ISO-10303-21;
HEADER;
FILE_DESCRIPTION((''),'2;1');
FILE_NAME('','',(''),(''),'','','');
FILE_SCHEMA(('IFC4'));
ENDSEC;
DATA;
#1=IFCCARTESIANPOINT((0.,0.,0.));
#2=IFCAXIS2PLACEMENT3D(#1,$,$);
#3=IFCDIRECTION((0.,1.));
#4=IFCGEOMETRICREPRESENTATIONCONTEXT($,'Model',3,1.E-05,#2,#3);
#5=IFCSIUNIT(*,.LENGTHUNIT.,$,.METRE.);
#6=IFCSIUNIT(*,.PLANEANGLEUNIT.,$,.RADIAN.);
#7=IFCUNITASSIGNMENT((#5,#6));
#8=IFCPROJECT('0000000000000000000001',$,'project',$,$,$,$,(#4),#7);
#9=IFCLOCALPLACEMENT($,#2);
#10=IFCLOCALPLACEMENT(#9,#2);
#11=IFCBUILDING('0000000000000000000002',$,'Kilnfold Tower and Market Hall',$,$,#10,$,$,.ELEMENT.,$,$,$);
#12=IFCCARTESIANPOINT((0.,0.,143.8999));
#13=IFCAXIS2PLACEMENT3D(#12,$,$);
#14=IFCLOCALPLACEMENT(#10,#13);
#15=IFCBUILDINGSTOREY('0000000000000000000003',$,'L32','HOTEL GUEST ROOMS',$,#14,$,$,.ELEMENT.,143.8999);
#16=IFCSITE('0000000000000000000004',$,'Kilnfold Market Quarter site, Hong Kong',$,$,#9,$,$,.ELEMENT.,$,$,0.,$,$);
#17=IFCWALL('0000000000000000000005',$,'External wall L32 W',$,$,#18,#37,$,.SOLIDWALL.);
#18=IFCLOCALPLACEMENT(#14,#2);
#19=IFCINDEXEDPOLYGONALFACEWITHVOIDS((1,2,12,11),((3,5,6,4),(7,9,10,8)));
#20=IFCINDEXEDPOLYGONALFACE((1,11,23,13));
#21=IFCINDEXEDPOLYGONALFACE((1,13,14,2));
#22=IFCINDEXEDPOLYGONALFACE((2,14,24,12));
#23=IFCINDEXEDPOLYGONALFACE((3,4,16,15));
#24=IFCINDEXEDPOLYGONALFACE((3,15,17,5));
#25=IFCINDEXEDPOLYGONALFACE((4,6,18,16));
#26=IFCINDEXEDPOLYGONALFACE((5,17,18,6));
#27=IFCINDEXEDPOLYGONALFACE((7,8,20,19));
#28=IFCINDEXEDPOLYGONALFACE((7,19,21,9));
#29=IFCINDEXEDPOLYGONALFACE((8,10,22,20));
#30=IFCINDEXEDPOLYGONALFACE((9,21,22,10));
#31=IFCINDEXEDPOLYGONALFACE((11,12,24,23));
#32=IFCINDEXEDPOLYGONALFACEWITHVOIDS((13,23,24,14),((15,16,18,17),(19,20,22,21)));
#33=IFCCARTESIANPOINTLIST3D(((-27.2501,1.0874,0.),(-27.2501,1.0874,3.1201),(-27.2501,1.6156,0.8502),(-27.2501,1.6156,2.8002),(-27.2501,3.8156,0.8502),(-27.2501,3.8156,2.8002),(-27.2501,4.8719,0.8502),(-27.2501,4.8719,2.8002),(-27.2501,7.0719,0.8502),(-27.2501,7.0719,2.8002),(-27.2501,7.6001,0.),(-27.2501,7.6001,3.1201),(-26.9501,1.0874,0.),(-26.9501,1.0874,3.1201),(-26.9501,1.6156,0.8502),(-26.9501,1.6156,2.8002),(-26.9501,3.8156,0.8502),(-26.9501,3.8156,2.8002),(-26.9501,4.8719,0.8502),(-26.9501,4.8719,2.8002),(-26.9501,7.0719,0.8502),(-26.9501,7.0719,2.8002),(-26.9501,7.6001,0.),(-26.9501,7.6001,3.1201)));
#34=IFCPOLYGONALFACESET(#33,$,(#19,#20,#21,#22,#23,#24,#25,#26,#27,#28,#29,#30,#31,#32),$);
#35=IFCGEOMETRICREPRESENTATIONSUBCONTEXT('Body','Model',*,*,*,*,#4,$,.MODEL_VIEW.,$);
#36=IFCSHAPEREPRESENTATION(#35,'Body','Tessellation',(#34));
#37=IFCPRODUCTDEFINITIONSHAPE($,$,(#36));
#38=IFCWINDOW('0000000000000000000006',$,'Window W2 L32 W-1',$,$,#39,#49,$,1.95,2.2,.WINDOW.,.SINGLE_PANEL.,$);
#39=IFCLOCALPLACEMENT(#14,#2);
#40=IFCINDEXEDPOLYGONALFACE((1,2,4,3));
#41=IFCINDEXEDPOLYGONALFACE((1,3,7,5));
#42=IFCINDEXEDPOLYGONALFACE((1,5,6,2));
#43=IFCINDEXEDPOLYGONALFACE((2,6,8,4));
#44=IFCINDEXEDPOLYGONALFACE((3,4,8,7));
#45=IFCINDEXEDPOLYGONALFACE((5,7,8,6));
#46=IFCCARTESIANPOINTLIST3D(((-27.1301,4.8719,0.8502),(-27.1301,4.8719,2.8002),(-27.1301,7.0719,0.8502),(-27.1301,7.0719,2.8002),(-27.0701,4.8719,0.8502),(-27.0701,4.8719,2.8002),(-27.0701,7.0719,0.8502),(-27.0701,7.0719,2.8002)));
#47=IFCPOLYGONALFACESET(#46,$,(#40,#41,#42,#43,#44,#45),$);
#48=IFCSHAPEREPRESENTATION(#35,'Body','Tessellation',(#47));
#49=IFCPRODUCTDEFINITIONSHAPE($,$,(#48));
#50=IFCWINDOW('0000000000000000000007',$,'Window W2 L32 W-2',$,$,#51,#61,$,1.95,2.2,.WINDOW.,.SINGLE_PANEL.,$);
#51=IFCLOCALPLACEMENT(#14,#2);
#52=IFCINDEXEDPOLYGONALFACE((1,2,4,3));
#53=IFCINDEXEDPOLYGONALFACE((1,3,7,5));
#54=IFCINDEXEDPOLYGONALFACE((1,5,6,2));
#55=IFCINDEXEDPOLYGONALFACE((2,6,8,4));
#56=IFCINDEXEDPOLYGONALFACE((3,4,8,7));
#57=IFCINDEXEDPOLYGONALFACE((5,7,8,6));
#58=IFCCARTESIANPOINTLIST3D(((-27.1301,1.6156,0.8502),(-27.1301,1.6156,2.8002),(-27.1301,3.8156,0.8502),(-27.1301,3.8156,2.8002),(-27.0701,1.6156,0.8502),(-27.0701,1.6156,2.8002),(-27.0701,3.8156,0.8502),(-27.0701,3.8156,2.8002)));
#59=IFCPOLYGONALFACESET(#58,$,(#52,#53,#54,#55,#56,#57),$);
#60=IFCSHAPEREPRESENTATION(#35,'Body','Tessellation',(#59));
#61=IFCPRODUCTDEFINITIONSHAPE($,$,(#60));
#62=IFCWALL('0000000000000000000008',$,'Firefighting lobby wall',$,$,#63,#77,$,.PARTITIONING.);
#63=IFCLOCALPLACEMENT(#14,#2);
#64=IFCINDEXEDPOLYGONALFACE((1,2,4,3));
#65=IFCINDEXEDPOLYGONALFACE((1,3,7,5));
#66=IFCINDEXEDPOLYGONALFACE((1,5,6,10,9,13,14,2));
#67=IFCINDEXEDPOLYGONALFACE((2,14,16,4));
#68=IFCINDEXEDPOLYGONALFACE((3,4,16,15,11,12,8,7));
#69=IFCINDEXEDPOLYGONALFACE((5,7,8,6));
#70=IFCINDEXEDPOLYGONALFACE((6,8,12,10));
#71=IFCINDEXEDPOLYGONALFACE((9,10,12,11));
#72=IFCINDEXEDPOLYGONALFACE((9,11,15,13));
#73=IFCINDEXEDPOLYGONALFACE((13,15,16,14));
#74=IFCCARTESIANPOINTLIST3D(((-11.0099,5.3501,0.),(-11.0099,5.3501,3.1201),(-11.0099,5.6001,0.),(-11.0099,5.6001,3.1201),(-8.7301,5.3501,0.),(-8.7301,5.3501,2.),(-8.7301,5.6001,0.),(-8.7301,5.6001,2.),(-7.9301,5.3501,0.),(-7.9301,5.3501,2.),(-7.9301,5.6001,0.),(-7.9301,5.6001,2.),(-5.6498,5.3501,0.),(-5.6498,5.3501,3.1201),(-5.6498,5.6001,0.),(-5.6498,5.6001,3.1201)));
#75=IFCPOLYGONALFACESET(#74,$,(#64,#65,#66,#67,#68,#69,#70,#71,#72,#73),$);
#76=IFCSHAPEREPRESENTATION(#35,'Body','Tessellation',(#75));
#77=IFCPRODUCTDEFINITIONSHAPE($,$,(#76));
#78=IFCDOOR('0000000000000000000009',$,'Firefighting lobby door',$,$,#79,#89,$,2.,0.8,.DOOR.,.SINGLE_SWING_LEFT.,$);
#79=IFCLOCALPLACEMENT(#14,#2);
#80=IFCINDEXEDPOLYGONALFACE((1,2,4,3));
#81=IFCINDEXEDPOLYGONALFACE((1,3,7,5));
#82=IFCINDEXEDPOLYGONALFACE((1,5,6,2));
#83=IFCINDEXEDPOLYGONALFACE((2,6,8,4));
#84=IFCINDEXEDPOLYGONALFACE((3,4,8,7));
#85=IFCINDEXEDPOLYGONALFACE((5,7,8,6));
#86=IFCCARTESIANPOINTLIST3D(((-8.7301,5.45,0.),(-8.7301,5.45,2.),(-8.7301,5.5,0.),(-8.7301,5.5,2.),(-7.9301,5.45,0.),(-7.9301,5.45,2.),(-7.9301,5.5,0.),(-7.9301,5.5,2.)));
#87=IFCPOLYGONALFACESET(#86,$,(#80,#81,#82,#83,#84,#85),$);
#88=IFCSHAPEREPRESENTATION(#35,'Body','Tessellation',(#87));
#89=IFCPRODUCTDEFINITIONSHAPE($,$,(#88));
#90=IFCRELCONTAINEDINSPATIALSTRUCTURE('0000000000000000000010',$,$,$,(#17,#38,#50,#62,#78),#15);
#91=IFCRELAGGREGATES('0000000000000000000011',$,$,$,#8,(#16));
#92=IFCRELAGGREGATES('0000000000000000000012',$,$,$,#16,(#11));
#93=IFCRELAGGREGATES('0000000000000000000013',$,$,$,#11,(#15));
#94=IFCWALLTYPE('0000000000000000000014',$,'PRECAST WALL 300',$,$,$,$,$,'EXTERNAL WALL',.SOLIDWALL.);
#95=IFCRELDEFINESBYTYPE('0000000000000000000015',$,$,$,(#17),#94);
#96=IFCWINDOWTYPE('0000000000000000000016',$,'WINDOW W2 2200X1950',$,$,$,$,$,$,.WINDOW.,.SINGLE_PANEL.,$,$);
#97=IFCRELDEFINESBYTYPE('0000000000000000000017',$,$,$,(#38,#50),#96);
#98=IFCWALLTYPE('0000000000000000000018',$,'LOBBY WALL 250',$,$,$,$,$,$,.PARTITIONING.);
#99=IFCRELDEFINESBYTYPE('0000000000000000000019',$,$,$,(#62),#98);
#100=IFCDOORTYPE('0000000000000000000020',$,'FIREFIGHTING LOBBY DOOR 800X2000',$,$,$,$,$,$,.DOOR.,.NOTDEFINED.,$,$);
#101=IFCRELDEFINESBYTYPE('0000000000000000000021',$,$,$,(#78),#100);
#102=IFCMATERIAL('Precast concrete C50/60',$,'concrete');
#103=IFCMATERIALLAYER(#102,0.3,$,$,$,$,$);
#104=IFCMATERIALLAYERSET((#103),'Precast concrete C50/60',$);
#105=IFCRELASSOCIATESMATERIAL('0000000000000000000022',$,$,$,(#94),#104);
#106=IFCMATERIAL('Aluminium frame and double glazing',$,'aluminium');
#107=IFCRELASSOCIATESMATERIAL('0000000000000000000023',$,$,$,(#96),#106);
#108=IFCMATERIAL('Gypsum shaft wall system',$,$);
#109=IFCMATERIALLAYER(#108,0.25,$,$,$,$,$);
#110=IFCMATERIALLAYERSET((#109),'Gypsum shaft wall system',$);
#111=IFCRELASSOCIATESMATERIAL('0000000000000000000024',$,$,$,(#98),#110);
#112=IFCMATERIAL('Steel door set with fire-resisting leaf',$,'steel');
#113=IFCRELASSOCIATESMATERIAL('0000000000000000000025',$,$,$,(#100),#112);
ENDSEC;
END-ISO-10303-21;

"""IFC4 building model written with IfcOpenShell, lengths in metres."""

from ifc_helpers import new_model, si_unit, direction, frame, frame_2d, origin, place, context, subcontext, project, spatial, rectangle, extrude, source, transform, mapped, material, layer, layer_set, type_object, element, fill, save


model = new_model("IFC4")

# Units and contexts
model_context = context("Model", 3, precision=1e-05, world=origin(), true_north=direction((0.0, 1.0)))
body_context = subcontext(model_context, "Body", "Model", "MODEL_VIEW")
ifc_project = project(units=[si_unit("LENGTHUNIT", "METRE"), si_unit("PLANEANGLEUNIT", "RADIAN")], contexts=[model_context])

# Site, building, storey
site_placement = place(None, origin())
site = spatial("IfcSite", under=ifc_project, at=site_placement, Name="Kilnfold Market Quarter site, Hong Kong", CompositionType="ELEMENT", RefElevation=0.0)
building_placement = place(site_placement, origin())
building = spatial("IfcBuilding", under=site, at=building_placement, Name="Kilnfold Tower and Market Hall", CompositionType="ELEMENT")
storey_placement = place(building_placement, frame((0.0, 0.0, 143.8999)))
storey = spatial("IfcBuildingStorey", under=building, at=storey_placement, Name="L32", Description="HOTEL GUEST ROOMS", CompositionType="ELEMENT", Elevation=143.8999)

# Wall, openings, windows
ifc_material_1 = material(Name="Precast concrete C50/60", Category="concrete")
ifc_layer_1 = layer(ifc_material_1, 0.3)
ifc_layer_set_1 = layer_set([ifc_layer_1], Name="Precast concrete C50/60")
wall_type_1 = type_object("IfcWallType", Name="PRECAST WALL 300", ElementType="EXTERNAL WALL", PredefinedType="SOLIDWALL", material=ifc_layer_set_1)
shared_shape_1 = source(origin(), body_context, "Body", "SweptSolid", [
    extrude(rectangle(XDim=6.5127, YDim=0.3, at=frame_2d((3.2563, 0.0))), origin(), (0.0, 0.0, 1.0), 3.1201),
])
wall_1_placement = place(storey_placement, frame((-27.1001, 7.6001, 0.0), z_axis=(0.0, 0.0, 1.0), x_axis=(0.0, -1.0, 0.0)))
wall_1 = element("IfcWall", 1, at=wall_1_placement, inside=storey, type_object=wall_type_1, Name="External wall L32 W", PredefinedType="SOLIDWALL", context=body_context, shape_type="MappedRepresentation", body=[
    mapped(shared_shape_1, transform((0.0, 0.0, 0.0))),
])
opening_1_placement = place(wall_1_placement, frame((0.5281, 0.0, 0.8501)))
opening_1 = element("IfcOpeningElement", 2, at=opening_1_placement, cuts=wall_1, PredefinedType="OPENING", context=body_context, shape_type="SweptSolid", body=[
    extrude(rectangle(XDim=2.2, YDim=1.95, at=frame_2d((1.1001, 0.9751))), frame((0.0, 0.1602, 0.0), z_axis=(0.0, -1.0, 0.0), x_axis=(1.0, 0.0, 0.0)), (0.0, 0.0, 1.0), 0.3201),
])
opening_2_placement = place(wall_1_placement, frame((3.7844, 0.0, 0.8501)))
opening_2 = element("IfcOpeningElement", 3, at=opening_2_placement, cuts=wall_1, PredefinedType="OPENING", context=body_context, shape_type="SweptSolid", body=[
    extrude(rectangle(XDim=2.2, YDim=1.95, at=frame_2d((1.1001, 0.9751))), frame((0.0, 0.1602, 0.0), z_axis=(0.0, -1.0, 0.0), x_axis=(1.0, 0.0, 0.0)), (0.0, 0.0, 1.0), 0.3201),
])
ifc_material_2 = material(Name="Aluminium frame and double glazing", Category="aluminium")
window_type = type_object("IfcWindowType", Name="WINDOW W2 2200X1950", PartitioningType="SINGLE_PANEL", PredefinedType="WINDOW", material=ifc_material_2)
window_1_placement = place(opening_1_placement, origin())
window_1 = element("IfcWindow", 4, at=window_1_placement, inside=storey, type_object=window_type, Name="Window W2 L32 W-1", OverallHeight=1.95, OverallWidth=2.2, PartitioningType="SINGLE_PANEL", PredefinedType="WINDOW", context=body_context, shape_type="SweptSolid", body=[
    extrude(rectangle(XDim=2.2, YDim=1.95, at=frame_2d((1.1001, 0.9751))), frame((0.0, 0.03, 0.0), z_axis=(0.0, -1.0, 0.0), x_axis=(1.0, 0.0, 0.0)), (0.0, 0.0, 1.0), 0.0601),
])
fill(opening_1, window_1)
window_2_placement = place(opening_2_placement, origin())
window_2 = element("IfcWindow", 5, at=window_2_placement, inside=storey, type_object=window_type, Name="Window W2 L32 W-2", OverallHeight=1.95, OverallWidth=2.2, PartitioningType="SINGLE_PANEL", PredefinedType="WINDOW", context=body_context, shape_type="SweptSolid", body=[
    extrude(rectangle(XDim=2.2, YDim=1.95, at=frame_2d((1.1001, 0.9751))), frame((0.0, 0.03, 0.0), z_axis=(0.0, -1.0, 0.0), x_axis=(1.0, 0.0, 0.0)), (0.0, 0.0, 1.0), 0.0601),
])
fill(opening_2, window_2)

# Wall, opening, door
ifc_material_3 = material(Name="Gypsum shaft wall system")
ifc_layer_2 = layer(ifc_material_3, 0.25)
ifc_layer_set_2 = layer_set([ifc_layer_2], Name="Gypsum shaft wall system")
wall_type_2 = type_object("IfcWallType", Name="LOBBY WALL 250", PredefinedType="PARTITIONING", material=ifc_layer_set_2)
shared_shape_2 = source(origin(), body_context, "Body", "SweptSolid", [
    extrude(rectangle(XDim=5.3601, YDim=0.25, at=frame_2d((2.6802, 0.0))), origin(), (0.0, 0.0, 1.0), 3.1201),
])
wall_2_placement = place(storey_placement, frame((-11.01, 5.4751, 0.0), z_axis=(0.0, 0.0, 1.0), x_axis=(1.0, 0.0, 0.0)))
wall_2 = element("IfcWall", 6, at=wall_2_placement, inside=storey, type_object=wall_type_2, Name="Firefighting lobby wall", PredefinedType="PARTITIONING", context=body_context, shape_type="MappedRepresentation", body=[
    mapped(shared_shape_2, transform((0.0, 0.0, 0.0))),
])
opening_3_placement = place(wall_2_placement, frame((2.28, 0.0, 0.0)))
opening_3 = element("IfcOpeningElement", 7, at=opening_3_placement, cuts=wall_2, PredefinedType="OPENING", context=body_context, shape_type="SweptSolid", body=[
    extrude(rectangle(XDim=0.8, YDim=2.0, at=frame_2d((0.3999, 1.0))), frame((0.0, 0.135, 0.0), z_axis=(0.0, -1.0, 0.0), x_axis=(1.0, 0.0, 0.0)), (0.0, 0.0, 1.0), 0.27),
])
ifc_material_4 = material(Name="Steel door set with fire-resisting leaf", Category="steel")
door_type_1 = type_object("IfcDoorType", Name="FIREFIGHTING LOBBY DOOR 800X2000", OperationType="NOTDEFINED", PredefinedType="DOOR", material=ifc_material_4)
door_1_placement = place(opening_3_placement, origin())
door_1 = element("IfcDoor", 8, at=door_1_placement, inside=storey, type_object=door_type_1, Name="Firefighting lobby door", OperationType="SINGLE_SWING_LEFT", OverallHeight=2.0, OverallWidth=0.8, PredefinedType="DOOR", context=body_context, shape_type="SweptSolid", body=[
    extrude(rectangle(XDim=0.8, YDim=2.0, at=frame_2d((0.3999, 1.0))), frame((0.0, 0.0249, 0.0), z_axis=(0.0, -1.0, 0.0), x_axis=(1.0, 0.0, 0.0)), (0.0, 0.0, 1.0), 0.05),
])
fill(opening_3, door_1)

save(model, "model.ifc")
